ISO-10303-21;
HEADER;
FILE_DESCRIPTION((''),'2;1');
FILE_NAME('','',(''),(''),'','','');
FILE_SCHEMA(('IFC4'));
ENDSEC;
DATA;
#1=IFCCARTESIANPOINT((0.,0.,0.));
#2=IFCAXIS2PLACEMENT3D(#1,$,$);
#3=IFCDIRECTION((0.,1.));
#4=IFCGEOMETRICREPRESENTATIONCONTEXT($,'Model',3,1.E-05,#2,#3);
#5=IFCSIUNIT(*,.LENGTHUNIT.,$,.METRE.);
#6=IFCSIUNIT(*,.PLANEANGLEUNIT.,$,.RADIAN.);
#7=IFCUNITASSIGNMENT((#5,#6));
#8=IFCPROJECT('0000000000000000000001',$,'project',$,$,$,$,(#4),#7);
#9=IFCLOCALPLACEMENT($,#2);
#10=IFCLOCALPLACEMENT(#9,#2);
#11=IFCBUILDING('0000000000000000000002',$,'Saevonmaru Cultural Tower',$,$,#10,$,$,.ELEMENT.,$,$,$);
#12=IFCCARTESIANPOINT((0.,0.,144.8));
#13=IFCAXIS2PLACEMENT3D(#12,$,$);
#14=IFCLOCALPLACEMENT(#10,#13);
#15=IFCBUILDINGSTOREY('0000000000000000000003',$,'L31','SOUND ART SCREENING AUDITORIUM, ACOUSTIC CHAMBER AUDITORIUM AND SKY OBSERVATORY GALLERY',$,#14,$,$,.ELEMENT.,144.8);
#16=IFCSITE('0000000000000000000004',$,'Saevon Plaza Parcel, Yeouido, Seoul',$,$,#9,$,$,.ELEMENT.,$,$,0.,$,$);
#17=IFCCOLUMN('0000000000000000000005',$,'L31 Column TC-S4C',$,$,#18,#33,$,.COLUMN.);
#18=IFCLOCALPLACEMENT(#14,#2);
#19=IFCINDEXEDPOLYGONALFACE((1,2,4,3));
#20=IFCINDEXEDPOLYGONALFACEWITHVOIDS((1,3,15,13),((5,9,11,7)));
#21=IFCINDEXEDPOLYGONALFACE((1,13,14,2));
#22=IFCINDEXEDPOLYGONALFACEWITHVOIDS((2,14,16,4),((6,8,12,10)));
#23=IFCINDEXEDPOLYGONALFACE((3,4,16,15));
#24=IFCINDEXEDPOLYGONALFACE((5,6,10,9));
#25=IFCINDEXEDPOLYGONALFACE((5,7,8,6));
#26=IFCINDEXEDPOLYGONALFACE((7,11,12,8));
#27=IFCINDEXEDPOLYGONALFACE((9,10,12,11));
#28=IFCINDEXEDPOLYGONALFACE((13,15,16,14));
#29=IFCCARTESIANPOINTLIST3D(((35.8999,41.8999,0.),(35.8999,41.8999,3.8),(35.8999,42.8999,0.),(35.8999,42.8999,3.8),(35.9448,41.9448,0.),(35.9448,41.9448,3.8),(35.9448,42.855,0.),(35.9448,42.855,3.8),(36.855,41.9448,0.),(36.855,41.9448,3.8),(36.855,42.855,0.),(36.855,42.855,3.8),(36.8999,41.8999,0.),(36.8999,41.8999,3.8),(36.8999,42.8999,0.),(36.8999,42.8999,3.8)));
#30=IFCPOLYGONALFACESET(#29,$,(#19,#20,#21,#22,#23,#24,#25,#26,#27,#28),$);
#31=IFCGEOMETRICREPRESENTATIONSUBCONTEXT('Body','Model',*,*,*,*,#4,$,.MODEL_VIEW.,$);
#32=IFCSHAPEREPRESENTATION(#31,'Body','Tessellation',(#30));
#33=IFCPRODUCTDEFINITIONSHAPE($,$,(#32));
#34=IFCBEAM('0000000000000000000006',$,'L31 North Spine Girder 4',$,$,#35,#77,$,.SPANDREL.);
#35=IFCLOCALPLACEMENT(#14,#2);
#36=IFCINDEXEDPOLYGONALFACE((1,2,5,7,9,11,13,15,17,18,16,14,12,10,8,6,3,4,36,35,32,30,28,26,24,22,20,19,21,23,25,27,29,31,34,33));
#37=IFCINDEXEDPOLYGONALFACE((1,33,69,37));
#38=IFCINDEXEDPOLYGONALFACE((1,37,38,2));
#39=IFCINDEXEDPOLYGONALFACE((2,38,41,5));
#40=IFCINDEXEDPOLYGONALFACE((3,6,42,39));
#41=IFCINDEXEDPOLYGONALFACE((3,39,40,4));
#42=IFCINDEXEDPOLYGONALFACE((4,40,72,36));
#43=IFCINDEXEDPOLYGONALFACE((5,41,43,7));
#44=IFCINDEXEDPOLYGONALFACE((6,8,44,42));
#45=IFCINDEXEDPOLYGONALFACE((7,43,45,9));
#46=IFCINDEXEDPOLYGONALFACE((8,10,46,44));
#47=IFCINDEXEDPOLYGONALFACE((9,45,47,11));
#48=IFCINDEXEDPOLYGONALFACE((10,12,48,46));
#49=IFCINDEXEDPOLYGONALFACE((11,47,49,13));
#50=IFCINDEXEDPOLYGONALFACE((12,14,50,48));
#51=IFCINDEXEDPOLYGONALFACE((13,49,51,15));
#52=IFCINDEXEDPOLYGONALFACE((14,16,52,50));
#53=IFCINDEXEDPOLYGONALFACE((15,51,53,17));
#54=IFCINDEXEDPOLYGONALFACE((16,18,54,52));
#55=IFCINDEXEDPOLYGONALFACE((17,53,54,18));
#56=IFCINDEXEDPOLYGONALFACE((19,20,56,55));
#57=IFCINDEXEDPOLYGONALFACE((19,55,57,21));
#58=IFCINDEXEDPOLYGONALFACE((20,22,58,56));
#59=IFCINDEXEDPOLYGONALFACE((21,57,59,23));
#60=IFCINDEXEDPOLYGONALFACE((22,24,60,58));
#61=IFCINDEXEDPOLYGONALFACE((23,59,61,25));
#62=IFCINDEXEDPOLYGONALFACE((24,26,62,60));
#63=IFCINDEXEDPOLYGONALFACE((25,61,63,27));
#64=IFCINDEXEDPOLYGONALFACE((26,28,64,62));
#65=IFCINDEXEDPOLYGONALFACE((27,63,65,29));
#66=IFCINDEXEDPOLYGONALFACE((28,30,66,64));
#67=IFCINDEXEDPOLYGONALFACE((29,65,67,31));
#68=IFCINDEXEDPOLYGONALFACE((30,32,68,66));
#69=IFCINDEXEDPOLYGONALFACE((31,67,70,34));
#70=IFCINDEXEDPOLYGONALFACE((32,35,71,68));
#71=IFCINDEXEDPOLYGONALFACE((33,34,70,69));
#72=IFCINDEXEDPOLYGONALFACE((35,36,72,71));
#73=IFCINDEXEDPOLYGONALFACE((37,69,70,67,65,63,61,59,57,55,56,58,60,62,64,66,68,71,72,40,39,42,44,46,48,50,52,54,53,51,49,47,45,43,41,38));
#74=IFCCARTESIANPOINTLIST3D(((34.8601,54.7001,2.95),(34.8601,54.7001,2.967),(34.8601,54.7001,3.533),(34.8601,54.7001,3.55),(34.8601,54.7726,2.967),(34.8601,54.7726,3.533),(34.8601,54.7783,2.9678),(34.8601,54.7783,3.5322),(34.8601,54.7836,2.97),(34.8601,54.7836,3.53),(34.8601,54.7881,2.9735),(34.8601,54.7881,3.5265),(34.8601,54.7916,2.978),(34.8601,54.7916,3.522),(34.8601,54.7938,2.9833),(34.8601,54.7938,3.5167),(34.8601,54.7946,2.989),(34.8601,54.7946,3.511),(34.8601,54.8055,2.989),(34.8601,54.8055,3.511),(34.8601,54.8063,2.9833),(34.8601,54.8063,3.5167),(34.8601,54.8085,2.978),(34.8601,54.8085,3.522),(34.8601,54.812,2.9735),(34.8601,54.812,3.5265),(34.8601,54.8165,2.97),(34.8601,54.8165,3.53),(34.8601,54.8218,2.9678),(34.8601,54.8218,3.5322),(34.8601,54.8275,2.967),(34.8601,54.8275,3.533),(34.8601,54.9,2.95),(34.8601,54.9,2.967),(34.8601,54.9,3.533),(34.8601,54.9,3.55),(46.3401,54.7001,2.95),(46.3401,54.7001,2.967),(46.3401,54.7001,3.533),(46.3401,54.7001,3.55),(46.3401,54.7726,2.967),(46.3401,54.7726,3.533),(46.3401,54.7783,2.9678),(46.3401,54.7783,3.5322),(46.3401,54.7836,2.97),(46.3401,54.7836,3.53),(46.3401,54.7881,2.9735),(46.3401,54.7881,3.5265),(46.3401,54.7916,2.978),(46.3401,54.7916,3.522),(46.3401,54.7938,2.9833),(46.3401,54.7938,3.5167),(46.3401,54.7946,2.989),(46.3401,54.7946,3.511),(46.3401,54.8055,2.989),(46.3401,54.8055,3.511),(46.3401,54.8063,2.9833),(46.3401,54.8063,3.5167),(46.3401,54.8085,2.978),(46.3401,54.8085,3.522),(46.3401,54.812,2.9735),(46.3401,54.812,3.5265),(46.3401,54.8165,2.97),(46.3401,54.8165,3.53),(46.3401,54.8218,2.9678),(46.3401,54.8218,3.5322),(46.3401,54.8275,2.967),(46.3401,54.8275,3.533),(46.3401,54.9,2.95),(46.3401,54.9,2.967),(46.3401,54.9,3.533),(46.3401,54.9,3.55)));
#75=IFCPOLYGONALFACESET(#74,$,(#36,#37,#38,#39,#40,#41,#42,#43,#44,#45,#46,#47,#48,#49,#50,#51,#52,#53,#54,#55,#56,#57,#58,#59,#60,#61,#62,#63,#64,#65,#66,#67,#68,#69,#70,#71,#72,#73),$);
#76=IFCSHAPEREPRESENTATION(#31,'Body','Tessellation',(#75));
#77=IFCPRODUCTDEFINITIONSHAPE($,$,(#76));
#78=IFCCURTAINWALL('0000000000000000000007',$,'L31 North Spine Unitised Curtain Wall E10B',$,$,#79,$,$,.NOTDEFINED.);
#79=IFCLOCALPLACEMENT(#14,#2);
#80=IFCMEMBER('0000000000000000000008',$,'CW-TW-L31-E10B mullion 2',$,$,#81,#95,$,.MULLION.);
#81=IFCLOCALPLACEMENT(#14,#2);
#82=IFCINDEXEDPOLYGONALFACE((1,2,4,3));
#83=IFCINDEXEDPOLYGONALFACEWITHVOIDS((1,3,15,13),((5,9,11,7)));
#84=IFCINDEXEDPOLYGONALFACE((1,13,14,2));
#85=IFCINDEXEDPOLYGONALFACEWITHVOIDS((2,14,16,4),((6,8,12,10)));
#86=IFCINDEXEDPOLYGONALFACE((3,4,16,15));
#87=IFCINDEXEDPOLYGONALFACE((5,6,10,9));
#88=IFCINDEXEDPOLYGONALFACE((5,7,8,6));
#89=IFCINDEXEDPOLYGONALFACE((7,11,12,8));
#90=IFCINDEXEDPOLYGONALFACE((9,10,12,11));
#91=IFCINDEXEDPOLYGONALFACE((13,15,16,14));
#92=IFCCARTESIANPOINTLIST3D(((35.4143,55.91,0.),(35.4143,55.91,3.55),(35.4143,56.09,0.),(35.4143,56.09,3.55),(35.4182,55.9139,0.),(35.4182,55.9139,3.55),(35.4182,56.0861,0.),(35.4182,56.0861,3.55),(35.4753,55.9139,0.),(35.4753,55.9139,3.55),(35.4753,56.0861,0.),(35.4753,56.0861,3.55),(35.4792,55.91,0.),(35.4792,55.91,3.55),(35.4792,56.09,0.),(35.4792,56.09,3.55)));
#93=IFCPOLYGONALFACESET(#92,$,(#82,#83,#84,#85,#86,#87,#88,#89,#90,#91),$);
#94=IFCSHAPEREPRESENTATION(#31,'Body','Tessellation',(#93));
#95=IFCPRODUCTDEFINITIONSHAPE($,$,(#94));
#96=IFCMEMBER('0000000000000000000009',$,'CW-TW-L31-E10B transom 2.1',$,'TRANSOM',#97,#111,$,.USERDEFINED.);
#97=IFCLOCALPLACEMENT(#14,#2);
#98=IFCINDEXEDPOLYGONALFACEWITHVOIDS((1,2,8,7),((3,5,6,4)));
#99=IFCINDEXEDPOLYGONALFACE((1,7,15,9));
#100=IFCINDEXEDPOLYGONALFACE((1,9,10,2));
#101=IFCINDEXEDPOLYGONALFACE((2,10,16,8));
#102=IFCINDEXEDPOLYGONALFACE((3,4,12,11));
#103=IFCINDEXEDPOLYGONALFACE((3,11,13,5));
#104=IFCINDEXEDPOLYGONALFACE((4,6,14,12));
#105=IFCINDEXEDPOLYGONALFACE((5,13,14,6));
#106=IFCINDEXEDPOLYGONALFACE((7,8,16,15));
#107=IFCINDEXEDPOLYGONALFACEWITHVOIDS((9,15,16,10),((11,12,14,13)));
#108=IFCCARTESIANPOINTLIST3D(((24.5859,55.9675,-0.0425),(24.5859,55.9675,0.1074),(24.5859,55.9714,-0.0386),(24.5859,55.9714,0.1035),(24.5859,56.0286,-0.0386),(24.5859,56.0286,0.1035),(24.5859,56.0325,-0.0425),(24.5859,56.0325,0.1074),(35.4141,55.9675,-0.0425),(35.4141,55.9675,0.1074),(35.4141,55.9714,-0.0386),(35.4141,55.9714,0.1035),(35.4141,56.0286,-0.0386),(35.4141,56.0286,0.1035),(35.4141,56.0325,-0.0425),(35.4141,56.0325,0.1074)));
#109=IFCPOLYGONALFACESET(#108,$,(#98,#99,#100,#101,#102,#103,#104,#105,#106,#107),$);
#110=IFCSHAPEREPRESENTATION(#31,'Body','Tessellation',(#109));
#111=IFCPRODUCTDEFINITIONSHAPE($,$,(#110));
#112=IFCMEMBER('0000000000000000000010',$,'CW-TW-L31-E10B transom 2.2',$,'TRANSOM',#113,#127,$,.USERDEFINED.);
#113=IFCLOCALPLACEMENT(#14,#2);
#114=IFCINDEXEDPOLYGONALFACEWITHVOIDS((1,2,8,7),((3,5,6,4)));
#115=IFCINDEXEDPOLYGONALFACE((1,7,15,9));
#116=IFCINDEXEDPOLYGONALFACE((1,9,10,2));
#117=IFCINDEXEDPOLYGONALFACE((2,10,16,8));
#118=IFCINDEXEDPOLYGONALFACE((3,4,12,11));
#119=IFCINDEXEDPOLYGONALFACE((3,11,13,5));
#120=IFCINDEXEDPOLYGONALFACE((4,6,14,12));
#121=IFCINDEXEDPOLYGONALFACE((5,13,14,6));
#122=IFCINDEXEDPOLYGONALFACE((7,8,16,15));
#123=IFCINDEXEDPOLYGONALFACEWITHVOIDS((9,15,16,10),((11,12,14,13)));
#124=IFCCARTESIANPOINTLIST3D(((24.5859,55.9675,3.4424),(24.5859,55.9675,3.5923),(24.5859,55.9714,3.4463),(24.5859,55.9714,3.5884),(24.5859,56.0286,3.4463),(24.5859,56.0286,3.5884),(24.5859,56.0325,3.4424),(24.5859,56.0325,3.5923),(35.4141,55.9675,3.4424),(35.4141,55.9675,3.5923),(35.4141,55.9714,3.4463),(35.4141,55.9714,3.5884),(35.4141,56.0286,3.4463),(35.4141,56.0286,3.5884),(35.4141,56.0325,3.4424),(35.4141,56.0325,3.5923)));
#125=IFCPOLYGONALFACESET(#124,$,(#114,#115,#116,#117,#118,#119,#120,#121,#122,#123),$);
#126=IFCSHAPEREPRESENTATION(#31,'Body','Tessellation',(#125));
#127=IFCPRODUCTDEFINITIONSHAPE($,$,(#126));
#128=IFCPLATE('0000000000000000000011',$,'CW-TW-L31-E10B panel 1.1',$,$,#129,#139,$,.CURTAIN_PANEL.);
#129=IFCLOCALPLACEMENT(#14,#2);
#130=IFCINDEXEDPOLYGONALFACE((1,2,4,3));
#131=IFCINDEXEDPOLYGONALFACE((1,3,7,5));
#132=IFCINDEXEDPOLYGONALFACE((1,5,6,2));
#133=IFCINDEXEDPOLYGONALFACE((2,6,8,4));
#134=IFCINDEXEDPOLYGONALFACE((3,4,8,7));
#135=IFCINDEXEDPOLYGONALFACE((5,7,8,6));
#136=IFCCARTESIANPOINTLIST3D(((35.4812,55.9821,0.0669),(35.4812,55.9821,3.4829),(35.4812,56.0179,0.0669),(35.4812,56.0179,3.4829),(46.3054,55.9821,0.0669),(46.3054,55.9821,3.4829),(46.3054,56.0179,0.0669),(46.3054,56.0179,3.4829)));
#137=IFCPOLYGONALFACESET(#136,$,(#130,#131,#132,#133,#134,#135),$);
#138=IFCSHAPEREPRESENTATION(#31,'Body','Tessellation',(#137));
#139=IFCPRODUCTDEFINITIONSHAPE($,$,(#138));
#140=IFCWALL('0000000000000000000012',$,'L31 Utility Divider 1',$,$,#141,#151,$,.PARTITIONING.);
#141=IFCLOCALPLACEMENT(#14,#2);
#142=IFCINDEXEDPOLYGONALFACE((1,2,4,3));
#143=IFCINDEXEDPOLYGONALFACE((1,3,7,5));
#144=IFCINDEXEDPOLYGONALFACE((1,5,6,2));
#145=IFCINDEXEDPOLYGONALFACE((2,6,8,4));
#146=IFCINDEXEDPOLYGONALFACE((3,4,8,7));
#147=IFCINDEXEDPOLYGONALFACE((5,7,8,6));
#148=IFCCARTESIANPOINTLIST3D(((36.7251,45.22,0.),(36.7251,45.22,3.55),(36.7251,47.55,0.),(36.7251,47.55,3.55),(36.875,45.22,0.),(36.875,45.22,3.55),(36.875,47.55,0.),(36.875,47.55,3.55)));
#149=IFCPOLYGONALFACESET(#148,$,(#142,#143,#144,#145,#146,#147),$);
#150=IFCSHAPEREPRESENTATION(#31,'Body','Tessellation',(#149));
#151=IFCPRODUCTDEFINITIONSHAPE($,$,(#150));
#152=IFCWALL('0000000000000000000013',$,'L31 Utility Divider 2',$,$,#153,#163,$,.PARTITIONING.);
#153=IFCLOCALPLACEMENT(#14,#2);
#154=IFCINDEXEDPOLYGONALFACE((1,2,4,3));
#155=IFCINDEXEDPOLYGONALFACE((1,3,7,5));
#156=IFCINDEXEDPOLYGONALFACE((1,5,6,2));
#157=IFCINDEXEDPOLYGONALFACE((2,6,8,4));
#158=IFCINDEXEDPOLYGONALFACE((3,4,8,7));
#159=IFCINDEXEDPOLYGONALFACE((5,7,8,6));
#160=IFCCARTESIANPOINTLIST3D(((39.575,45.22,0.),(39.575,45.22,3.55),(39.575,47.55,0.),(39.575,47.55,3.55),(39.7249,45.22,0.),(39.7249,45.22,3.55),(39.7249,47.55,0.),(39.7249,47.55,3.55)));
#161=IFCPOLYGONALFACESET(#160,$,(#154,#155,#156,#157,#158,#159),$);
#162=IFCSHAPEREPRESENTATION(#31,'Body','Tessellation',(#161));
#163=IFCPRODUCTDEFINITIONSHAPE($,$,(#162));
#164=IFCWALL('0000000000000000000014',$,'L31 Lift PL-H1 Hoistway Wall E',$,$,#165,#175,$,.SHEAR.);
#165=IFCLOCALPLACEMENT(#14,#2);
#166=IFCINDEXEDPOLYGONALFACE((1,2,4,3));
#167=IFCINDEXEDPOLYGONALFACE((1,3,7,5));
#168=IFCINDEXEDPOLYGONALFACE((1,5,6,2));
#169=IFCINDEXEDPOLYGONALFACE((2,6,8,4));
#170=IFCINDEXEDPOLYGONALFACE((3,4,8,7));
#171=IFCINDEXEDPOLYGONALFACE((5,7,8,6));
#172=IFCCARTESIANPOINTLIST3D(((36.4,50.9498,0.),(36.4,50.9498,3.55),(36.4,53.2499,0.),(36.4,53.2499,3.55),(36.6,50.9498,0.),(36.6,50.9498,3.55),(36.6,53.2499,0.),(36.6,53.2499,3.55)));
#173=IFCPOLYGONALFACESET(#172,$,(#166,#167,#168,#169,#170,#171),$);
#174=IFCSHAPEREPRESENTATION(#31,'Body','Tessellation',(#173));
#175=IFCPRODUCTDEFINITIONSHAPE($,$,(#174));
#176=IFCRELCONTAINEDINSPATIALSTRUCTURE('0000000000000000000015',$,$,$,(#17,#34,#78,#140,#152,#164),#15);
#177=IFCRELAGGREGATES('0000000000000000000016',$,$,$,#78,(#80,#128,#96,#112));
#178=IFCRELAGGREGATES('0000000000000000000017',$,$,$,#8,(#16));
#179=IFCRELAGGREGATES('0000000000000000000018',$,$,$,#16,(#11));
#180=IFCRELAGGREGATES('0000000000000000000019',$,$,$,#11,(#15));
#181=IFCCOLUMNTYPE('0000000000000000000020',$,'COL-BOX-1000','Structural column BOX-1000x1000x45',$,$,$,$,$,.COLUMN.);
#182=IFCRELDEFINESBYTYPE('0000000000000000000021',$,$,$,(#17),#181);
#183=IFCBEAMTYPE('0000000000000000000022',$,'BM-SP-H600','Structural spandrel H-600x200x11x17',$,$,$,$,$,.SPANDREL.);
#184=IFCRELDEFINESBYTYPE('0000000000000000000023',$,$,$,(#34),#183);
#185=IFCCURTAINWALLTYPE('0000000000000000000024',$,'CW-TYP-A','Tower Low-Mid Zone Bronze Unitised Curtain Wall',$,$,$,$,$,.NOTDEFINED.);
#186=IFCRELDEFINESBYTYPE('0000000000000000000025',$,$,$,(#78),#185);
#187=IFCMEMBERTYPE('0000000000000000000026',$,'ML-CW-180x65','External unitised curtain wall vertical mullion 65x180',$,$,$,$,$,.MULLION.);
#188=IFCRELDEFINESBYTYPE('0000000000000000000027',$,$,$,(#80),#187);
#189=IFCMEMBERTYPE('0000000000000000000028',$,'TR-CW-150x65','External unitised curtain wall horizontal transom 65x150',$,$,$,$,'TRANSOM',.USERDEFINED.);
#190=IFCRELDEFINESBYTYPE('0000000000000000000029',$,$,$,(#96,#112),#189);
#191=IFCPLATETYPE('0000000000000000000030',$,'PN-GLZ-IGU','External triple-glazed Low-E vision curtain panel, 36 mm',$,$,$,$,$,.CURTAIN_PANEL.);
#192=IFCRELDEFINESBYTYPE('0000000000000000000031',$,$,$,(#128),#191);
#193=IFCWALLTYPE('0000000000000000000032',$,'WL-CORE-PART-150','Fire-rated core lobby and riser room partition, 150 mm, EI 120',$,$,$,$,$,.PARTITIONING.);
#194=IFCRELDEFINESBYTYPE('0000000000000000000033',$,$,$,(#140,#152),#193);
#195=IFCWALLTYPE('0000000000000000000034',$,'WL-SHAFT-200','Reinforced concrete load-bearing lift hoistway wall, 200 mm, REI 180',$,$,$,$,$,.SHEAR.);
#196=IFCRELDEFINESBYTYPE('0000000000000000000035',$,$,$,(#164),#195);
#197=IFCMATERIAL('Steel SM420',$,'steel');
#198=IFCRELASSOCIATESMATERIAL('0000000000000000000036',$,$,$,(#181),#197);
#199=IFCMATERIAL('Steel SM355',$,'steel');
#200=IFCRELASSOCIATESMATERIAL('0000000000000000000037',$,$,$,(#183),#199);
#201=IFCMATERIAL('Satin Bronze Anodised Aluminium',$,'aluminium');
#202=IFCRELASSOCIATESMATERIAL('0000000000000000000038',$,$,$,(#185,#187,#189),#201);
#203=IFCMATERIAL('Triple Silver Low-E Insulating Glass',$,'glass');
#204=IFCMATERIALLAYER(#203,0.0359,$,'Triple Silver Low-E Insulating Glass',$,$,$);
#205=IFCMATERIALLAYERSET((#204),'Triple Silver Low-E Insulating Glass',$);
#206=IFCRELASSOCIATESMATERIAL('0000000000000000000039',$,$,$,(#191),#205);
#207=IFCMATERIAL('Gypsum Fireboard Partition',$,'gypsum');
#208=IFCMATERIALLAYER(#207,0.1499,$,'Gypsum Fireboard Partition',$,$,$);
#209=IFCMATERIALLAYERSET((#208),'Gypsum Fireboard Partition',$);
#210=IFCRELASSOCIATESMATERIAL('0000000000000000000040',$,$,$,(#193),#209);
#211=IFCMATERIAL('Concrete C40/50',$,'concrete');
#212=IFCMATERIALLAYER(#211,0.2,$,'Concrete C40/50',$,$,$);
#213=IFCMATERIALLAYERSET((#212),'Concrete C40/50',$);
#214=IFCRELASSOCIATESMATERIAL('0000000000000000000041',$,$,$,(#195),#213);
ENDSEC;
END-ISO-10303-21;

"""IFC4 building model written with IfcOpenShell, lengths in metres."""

from ifc_helpers import new_model, si_unit, direction, frame, frame_2d, origin, origin_2d, place, context, subcontext, project, spatial, rectangle, hollow_rectangle, i_section, extrude, material, layer, layer_set, material_profile, profile_set, type_object, element, aggregate, save


model = new_model("IFC4")

# Units and contexts
model_context = context("Model", 3, precision=1e-05, world=origin(), true_north=direction((0.0, 1.0)))
body_context = subcontext(model_context, "Body", "Model", "MODEL_VIEW")
ifc_project = project(units=[si_unit("LENGTHUNIT", "METRE"), si_unit("PLANEANGLEUNIT", "RADIAN")], contexts=[model_context])

# Site, building, storey
site_placement = place(None, origin())
site = spatial("IfcSite", under=ifc_project, at=site_placement, Name="Saevon Plaza Parcel, Yeouido, Seoul", CompositionType="ELEMENT", RefElevation=0.0)
building_placement = place(site_placement, origin())
building = spatial("IfcBuilding", under=site, at=building_placement, Name="Saevonmaru Cultural Tower", CompositionType="ELEMENT")
storey_placement = place(building_placement, frame((0.0, 0.0, 144.8)))
storey = spatial("IfcBuildingStorey", under=building, at=storey_placement, Name="L31", Description="SOUND ART SCREENING AUDITORIUM, ACOUSTIC CHAMBER AUDITORIUM AND SKY OBSERVATORY GALLERY", CompositionType="ELEMENT", Elevation=144.8)

# Column
ifc_material_1 = material(Name="Steel SM420", Category="steel")
ifc_material_profile_1 = material_profile(ifc_material_1, hollow_rectangle(XDim=1.0, YDim=1.0, WallThickness=0.0449, at=origin_2d()), Name="BOX-1000x1000x45")
ifc_profile_set_1 = profile_set([ifc_material_profile_1], Name="Steel SM420")
column_type = type_object("IfcColumnType", Name="COL-BOX-1000", Description="Structural column BOX-1000x1000x45", PredefinedType="COLUMN", material=ifc_profile_set_1)
column_placement = place(storey_placement, frame((36.3999, 42.3999, 0.0), z_axis=(0.0, 0.0, 1.0), x_axis=(1.0, 0.0, 0.0)))
element("IfcColumn", 1, at=column_placement, inside=storey, type_object=column_type, Name="L31 Column TC-S4C", PredefinedType="COLUMN", context=body_context, shape_type="SweptSolid", body=[
    extrude(hollow_rectangle(XDim=1.0, YDim=1.0, WallThickness=0.0449, at=origin_2d()), origin(), (0.0, 0.0, 1.0), 3.8),
])

# Beam
ifc_material_2 = material(Name="Steel SM355", Category="steel")
ifc_material_profile_2 = material_profile(ifc_material_2, i_section(OverallWidth=0.2, OverallDepth=0.6001, WebThickness=0.011, FlangeThickness=0.0171, FilletRadius=0.022, at=origin_2d()), Name="H-600x200x11x17")
ifc_profile_set_2 = profile_set([ifc_material_profile_2], Name="Steel SM355")
beam_type = type_object("IfcBeamType", Name="BM-SP-H600", Description="Structural spandrel H-600x200x11x17", PredefinedType="SPANDREL", material=ifc_profile_set_2)
beam_placement = place(storey_placement, frame((34.8601, 54.8, 3.25), z_axis=(1.0, 0.0, 0.0), x_axis=(0.0, 1.0, 0.0)))
element("IfcBeam", 2, at=beam_placement, inside=storey, type_object=beam_type, Name="L31 North Spine Girder 4", PredefinedType="SPANDREL", context=body_context, shape_type="SweptSolid", body=[
    extrude(i_section(OverallWidth=0.2, OverallDepth=0.6001, WebThickness=0.011, FlangeThickness=0.0171, FilletRadius=0.022, at=origin_2d()), origin(), (0.0, 0.0, 1.0), 11.48),
])

# Curtain wall, members, plate
ifc_material_3 = material(Name="Satin Bronze Anodised Aluminium", Category="aluminium")
curtain_wall_type = type_object("IfcCurtainWallType", Name="CW-TYP-A", Description="Tower Low-Mid Zone Bronze Unitised Curtain Wall", PredefinedType="NOTDEFINED", material=ifc_material_3)
curtain_wall_placement = place(storey_placement, origin())
curtain_wall = element("IfcCurtainWall", 3, at=curtain_wall_placement, inside=storey, type_object=curtain_wall_type, Name="L31 North Spine Unitised Curtain Wall E10B", PredefinedType="NOTDEFINED")
ifc_material_profile_3 = material_profile(ifc_material_3, hollow_rectangle(XDim=0.0649, YDim=0.1799, WallThickness=0.0039, at=origin_2d()), Name="ALU-MULL-180x65x4")
ifc_profile_set_3 = profile_set([ifc_material_profile_3], Name="Satin Bronze Anodised Aluminium")
member_type_1 = type_object("IfcMemberType", Name="ML-CW-180x65", Description="External unitised curtain wall vertical mullion 65x180", PredefinedType="MULLION", material=ifc_profile_set_3)
member_1_placement = place(storey_placement, frame((35.4468, 56.0, 0.0), z_axis=(0.0, 0.0, 1.0), x_axis=(-1.0, 0.0, 0.0)))
member_1 = element("IfcMember", 4, at=member_1_placement, type_object=member_type_1, Name="CW-TW-L31-E10B mullion 2", PredefinedType="MULLION", context=body_context, shape_type="SweptSolid", body=[
    extrude(hollow_rectangle(XDim=0.0649, YDim=0.1799, WallThickness=0.0039, at=origin_2d()), origin(), (0.0, 0.0, 1.0), 3.55),
])
ifc_material_profile_4 = material_profile(ifc_material_3, hollow_rectangle(XDim=0.0649, YDim=0.1499, WallThickness=0.0039, at=origin_2d()), Name="ALU-TRAN-150x65x4")
ifc_profile_set_4 = profile_set([ifc_material_profile_4], Name="Satin Bronze Anodised Aluminium")
member_type_2 = type_object("IfcMemberType", Name="TR-CW-150x65", Description="External unitised curtain wall horizontal transom 65x150", ElementType="TRANSOM", PredefinedType="USERDEFINED", material=ifc_profile_set_4)
member_2_placement = place(storey_placement, frame((35.4141, 56.0, 0.0325), z_axis=(-1.0, 0.0, 0.0), x_axis=(0.0, -1.0, 0.0)))
member_2 = element("IfcMember", 5, at=member_2_placement, type_object=member_type_2, Name="CW-TW-L31-E10B transom 2.1", ObjectType="TRANSOM", PredefinedType="USERDEFINED", context=body_context, shape_type="SweptSolid", body=[
    extrude(hollow_rectangle(XDim=0.0649, YDim=0.1499, WallThickness=0.0039, at=origin_2d()), origin(), (0.0, 0.0, 1.0), 10.8281),
])
member_3_placement = place(storey_placement, frame((35.4141, 56.0, 3.5173), z_axis=(-1.0, 0.0, 0.0), x_axis=(0.0, -1.0, 0.0)))
member_3 = element("IfcMember", 6, at=member_3_placement, type_object=member_type_2, Name="CW-TW-L31-E10B transom 2.2", ObjectType="TRANSOM", PredefinedType="USERDEFINED", context=body_context, shape_type="SweptSolid", body=[
    extrude(hollow_rectangle(XDim=0.0649, YDim=0.1499, WallThickness=0.0039, at=origin_2d()), origin(), (0.0, 0.0, 1.0), 10.8281),
])
ifc_material_4 = material(Name="Triple Silver Low-E Insulating Glass", Category="glass")
ifc_layer_1 = layer(ifc_material_4, 0.0359, Name="Triple Silver Low-E Insulating Glass")
ifc_layer_set_1 = layer_set([ifc_layer_1], Name="Triple Silver Low-E Insulating Glass")
plate_type = type_object("IfcPlateType", Name="PN-GLZ-IGU", Description="External triple-glazed Low-E vision curtain panel, 36 mm", PredefinedType="CURTAIN_PANEL", material=ifc_layer_set_1)
plate_placement = place(storey_placement, frame((40.8933, 56.0, 0.0669), z_axis=(0.0, 0.0, 1.0), x_axis=(-1.0, 0.0, 0.0)))
plate = element("IfcPlate", 7, at=plate_placement, type_object=plate_type, Name="CW-TW-L31-E10B panel 1.1", PredefinedType="CURTAIN_PANEL", context=body_context, shape_type="SweptSolid", body=[
    extrude(rectangle(XDim=10.8242, YDim=0.0359, at=origin_2d()), origin(), (0.0, 0.0, 1.0), 3.416),
])
aggregate(curtain_wall, [member_1, plate, member_2, member_3])

# Walls
ifc_material_5 = material(Name="Gypsum Fireboard Partition", Category="gypsum")
ifc_layer_2 = layer(ifc_material_5, 0.1499, Name="Gypsum Fireboard Partition")
ifc_layer_set_2 = layer_set([ifc_layer_2], Name="Gypsum Fireboard Partition")
wall_type_1 = type_object("IfcWallType", Name="WL-CORE-PART-150", Description="Fire-rated core lobby and riser room partition, 150 mm, EI 120", PredefinedType="PARTITIONING", material=ifc_layer_set_2)
for number, where, z_axis, x_axis, name in (
    (8, (36.8, 45.22, 0.0), (0.0, 0.0, 1.0), (0.0, 1.0, 0.0), "L31 Utility Divider 1"),
    (9, (39.6499, 45.22, 0.0), (0.0, 0.0, 1.0), (0.0, 1.0, 0.0), "L31 Utility Divider 2"),
):
    element("IfcWall", number, at=place(storey_placement, frame(where, z_axis=z_axis, x_axis=x_axis)), inside=storey, type_object=wall_type_1, Name=name, PredefinedType="PARTITIONING", context=body_context, shape_type="SweptSolid", body=[
        extrude(rectangle(XDim=2.3301, YDim=0.1499, at=frame_2d((1.165, 0.0))), origin(), (0.0, 0.0, 1.0), 3.55),
    ])
ifc_material_6 = material(Name="Concrete C40/50", Category="concrete")
ifc_layer_3 = layer(ifc_material_6, 0.2, Name="Concrete C40/50")
ifc_layer_set_3 = layer_set([ifc_layer_3], Name="Concrete C40/50")
wall_type_2 = type_object("IfcWallType", Name="WL-SHAFT-200", Description="Reinforced concrete load-bearing lift hoistway wall, 200 mm, REI 180", PredefinedType="SHEAR", material=ifc_layer_set_3)
wall_1_placement = place(storey_placement, frame((36.5, 50.95, 0.0), z_axis=(0.0, 0.0, 1.0), x_axis=(0.0, 1.0, 0.0)))
element("IfcWall", 10, at=wall_1_placement, inside=storey, type_object=wall_type_2, Name="L31 Lift PL-H1 Hoistway Wall E", PredefinedType="SHEAR", context=body_context, shape_type="SweptSolid", body=[
    extrude(rectangle(XDim=2.3, YDim=0.2, at=frame_2d((1.1499, 0.0))), origin(), (0.0, 0.0, 1.0), 3.55),
])

save(model, "model.ifc")
